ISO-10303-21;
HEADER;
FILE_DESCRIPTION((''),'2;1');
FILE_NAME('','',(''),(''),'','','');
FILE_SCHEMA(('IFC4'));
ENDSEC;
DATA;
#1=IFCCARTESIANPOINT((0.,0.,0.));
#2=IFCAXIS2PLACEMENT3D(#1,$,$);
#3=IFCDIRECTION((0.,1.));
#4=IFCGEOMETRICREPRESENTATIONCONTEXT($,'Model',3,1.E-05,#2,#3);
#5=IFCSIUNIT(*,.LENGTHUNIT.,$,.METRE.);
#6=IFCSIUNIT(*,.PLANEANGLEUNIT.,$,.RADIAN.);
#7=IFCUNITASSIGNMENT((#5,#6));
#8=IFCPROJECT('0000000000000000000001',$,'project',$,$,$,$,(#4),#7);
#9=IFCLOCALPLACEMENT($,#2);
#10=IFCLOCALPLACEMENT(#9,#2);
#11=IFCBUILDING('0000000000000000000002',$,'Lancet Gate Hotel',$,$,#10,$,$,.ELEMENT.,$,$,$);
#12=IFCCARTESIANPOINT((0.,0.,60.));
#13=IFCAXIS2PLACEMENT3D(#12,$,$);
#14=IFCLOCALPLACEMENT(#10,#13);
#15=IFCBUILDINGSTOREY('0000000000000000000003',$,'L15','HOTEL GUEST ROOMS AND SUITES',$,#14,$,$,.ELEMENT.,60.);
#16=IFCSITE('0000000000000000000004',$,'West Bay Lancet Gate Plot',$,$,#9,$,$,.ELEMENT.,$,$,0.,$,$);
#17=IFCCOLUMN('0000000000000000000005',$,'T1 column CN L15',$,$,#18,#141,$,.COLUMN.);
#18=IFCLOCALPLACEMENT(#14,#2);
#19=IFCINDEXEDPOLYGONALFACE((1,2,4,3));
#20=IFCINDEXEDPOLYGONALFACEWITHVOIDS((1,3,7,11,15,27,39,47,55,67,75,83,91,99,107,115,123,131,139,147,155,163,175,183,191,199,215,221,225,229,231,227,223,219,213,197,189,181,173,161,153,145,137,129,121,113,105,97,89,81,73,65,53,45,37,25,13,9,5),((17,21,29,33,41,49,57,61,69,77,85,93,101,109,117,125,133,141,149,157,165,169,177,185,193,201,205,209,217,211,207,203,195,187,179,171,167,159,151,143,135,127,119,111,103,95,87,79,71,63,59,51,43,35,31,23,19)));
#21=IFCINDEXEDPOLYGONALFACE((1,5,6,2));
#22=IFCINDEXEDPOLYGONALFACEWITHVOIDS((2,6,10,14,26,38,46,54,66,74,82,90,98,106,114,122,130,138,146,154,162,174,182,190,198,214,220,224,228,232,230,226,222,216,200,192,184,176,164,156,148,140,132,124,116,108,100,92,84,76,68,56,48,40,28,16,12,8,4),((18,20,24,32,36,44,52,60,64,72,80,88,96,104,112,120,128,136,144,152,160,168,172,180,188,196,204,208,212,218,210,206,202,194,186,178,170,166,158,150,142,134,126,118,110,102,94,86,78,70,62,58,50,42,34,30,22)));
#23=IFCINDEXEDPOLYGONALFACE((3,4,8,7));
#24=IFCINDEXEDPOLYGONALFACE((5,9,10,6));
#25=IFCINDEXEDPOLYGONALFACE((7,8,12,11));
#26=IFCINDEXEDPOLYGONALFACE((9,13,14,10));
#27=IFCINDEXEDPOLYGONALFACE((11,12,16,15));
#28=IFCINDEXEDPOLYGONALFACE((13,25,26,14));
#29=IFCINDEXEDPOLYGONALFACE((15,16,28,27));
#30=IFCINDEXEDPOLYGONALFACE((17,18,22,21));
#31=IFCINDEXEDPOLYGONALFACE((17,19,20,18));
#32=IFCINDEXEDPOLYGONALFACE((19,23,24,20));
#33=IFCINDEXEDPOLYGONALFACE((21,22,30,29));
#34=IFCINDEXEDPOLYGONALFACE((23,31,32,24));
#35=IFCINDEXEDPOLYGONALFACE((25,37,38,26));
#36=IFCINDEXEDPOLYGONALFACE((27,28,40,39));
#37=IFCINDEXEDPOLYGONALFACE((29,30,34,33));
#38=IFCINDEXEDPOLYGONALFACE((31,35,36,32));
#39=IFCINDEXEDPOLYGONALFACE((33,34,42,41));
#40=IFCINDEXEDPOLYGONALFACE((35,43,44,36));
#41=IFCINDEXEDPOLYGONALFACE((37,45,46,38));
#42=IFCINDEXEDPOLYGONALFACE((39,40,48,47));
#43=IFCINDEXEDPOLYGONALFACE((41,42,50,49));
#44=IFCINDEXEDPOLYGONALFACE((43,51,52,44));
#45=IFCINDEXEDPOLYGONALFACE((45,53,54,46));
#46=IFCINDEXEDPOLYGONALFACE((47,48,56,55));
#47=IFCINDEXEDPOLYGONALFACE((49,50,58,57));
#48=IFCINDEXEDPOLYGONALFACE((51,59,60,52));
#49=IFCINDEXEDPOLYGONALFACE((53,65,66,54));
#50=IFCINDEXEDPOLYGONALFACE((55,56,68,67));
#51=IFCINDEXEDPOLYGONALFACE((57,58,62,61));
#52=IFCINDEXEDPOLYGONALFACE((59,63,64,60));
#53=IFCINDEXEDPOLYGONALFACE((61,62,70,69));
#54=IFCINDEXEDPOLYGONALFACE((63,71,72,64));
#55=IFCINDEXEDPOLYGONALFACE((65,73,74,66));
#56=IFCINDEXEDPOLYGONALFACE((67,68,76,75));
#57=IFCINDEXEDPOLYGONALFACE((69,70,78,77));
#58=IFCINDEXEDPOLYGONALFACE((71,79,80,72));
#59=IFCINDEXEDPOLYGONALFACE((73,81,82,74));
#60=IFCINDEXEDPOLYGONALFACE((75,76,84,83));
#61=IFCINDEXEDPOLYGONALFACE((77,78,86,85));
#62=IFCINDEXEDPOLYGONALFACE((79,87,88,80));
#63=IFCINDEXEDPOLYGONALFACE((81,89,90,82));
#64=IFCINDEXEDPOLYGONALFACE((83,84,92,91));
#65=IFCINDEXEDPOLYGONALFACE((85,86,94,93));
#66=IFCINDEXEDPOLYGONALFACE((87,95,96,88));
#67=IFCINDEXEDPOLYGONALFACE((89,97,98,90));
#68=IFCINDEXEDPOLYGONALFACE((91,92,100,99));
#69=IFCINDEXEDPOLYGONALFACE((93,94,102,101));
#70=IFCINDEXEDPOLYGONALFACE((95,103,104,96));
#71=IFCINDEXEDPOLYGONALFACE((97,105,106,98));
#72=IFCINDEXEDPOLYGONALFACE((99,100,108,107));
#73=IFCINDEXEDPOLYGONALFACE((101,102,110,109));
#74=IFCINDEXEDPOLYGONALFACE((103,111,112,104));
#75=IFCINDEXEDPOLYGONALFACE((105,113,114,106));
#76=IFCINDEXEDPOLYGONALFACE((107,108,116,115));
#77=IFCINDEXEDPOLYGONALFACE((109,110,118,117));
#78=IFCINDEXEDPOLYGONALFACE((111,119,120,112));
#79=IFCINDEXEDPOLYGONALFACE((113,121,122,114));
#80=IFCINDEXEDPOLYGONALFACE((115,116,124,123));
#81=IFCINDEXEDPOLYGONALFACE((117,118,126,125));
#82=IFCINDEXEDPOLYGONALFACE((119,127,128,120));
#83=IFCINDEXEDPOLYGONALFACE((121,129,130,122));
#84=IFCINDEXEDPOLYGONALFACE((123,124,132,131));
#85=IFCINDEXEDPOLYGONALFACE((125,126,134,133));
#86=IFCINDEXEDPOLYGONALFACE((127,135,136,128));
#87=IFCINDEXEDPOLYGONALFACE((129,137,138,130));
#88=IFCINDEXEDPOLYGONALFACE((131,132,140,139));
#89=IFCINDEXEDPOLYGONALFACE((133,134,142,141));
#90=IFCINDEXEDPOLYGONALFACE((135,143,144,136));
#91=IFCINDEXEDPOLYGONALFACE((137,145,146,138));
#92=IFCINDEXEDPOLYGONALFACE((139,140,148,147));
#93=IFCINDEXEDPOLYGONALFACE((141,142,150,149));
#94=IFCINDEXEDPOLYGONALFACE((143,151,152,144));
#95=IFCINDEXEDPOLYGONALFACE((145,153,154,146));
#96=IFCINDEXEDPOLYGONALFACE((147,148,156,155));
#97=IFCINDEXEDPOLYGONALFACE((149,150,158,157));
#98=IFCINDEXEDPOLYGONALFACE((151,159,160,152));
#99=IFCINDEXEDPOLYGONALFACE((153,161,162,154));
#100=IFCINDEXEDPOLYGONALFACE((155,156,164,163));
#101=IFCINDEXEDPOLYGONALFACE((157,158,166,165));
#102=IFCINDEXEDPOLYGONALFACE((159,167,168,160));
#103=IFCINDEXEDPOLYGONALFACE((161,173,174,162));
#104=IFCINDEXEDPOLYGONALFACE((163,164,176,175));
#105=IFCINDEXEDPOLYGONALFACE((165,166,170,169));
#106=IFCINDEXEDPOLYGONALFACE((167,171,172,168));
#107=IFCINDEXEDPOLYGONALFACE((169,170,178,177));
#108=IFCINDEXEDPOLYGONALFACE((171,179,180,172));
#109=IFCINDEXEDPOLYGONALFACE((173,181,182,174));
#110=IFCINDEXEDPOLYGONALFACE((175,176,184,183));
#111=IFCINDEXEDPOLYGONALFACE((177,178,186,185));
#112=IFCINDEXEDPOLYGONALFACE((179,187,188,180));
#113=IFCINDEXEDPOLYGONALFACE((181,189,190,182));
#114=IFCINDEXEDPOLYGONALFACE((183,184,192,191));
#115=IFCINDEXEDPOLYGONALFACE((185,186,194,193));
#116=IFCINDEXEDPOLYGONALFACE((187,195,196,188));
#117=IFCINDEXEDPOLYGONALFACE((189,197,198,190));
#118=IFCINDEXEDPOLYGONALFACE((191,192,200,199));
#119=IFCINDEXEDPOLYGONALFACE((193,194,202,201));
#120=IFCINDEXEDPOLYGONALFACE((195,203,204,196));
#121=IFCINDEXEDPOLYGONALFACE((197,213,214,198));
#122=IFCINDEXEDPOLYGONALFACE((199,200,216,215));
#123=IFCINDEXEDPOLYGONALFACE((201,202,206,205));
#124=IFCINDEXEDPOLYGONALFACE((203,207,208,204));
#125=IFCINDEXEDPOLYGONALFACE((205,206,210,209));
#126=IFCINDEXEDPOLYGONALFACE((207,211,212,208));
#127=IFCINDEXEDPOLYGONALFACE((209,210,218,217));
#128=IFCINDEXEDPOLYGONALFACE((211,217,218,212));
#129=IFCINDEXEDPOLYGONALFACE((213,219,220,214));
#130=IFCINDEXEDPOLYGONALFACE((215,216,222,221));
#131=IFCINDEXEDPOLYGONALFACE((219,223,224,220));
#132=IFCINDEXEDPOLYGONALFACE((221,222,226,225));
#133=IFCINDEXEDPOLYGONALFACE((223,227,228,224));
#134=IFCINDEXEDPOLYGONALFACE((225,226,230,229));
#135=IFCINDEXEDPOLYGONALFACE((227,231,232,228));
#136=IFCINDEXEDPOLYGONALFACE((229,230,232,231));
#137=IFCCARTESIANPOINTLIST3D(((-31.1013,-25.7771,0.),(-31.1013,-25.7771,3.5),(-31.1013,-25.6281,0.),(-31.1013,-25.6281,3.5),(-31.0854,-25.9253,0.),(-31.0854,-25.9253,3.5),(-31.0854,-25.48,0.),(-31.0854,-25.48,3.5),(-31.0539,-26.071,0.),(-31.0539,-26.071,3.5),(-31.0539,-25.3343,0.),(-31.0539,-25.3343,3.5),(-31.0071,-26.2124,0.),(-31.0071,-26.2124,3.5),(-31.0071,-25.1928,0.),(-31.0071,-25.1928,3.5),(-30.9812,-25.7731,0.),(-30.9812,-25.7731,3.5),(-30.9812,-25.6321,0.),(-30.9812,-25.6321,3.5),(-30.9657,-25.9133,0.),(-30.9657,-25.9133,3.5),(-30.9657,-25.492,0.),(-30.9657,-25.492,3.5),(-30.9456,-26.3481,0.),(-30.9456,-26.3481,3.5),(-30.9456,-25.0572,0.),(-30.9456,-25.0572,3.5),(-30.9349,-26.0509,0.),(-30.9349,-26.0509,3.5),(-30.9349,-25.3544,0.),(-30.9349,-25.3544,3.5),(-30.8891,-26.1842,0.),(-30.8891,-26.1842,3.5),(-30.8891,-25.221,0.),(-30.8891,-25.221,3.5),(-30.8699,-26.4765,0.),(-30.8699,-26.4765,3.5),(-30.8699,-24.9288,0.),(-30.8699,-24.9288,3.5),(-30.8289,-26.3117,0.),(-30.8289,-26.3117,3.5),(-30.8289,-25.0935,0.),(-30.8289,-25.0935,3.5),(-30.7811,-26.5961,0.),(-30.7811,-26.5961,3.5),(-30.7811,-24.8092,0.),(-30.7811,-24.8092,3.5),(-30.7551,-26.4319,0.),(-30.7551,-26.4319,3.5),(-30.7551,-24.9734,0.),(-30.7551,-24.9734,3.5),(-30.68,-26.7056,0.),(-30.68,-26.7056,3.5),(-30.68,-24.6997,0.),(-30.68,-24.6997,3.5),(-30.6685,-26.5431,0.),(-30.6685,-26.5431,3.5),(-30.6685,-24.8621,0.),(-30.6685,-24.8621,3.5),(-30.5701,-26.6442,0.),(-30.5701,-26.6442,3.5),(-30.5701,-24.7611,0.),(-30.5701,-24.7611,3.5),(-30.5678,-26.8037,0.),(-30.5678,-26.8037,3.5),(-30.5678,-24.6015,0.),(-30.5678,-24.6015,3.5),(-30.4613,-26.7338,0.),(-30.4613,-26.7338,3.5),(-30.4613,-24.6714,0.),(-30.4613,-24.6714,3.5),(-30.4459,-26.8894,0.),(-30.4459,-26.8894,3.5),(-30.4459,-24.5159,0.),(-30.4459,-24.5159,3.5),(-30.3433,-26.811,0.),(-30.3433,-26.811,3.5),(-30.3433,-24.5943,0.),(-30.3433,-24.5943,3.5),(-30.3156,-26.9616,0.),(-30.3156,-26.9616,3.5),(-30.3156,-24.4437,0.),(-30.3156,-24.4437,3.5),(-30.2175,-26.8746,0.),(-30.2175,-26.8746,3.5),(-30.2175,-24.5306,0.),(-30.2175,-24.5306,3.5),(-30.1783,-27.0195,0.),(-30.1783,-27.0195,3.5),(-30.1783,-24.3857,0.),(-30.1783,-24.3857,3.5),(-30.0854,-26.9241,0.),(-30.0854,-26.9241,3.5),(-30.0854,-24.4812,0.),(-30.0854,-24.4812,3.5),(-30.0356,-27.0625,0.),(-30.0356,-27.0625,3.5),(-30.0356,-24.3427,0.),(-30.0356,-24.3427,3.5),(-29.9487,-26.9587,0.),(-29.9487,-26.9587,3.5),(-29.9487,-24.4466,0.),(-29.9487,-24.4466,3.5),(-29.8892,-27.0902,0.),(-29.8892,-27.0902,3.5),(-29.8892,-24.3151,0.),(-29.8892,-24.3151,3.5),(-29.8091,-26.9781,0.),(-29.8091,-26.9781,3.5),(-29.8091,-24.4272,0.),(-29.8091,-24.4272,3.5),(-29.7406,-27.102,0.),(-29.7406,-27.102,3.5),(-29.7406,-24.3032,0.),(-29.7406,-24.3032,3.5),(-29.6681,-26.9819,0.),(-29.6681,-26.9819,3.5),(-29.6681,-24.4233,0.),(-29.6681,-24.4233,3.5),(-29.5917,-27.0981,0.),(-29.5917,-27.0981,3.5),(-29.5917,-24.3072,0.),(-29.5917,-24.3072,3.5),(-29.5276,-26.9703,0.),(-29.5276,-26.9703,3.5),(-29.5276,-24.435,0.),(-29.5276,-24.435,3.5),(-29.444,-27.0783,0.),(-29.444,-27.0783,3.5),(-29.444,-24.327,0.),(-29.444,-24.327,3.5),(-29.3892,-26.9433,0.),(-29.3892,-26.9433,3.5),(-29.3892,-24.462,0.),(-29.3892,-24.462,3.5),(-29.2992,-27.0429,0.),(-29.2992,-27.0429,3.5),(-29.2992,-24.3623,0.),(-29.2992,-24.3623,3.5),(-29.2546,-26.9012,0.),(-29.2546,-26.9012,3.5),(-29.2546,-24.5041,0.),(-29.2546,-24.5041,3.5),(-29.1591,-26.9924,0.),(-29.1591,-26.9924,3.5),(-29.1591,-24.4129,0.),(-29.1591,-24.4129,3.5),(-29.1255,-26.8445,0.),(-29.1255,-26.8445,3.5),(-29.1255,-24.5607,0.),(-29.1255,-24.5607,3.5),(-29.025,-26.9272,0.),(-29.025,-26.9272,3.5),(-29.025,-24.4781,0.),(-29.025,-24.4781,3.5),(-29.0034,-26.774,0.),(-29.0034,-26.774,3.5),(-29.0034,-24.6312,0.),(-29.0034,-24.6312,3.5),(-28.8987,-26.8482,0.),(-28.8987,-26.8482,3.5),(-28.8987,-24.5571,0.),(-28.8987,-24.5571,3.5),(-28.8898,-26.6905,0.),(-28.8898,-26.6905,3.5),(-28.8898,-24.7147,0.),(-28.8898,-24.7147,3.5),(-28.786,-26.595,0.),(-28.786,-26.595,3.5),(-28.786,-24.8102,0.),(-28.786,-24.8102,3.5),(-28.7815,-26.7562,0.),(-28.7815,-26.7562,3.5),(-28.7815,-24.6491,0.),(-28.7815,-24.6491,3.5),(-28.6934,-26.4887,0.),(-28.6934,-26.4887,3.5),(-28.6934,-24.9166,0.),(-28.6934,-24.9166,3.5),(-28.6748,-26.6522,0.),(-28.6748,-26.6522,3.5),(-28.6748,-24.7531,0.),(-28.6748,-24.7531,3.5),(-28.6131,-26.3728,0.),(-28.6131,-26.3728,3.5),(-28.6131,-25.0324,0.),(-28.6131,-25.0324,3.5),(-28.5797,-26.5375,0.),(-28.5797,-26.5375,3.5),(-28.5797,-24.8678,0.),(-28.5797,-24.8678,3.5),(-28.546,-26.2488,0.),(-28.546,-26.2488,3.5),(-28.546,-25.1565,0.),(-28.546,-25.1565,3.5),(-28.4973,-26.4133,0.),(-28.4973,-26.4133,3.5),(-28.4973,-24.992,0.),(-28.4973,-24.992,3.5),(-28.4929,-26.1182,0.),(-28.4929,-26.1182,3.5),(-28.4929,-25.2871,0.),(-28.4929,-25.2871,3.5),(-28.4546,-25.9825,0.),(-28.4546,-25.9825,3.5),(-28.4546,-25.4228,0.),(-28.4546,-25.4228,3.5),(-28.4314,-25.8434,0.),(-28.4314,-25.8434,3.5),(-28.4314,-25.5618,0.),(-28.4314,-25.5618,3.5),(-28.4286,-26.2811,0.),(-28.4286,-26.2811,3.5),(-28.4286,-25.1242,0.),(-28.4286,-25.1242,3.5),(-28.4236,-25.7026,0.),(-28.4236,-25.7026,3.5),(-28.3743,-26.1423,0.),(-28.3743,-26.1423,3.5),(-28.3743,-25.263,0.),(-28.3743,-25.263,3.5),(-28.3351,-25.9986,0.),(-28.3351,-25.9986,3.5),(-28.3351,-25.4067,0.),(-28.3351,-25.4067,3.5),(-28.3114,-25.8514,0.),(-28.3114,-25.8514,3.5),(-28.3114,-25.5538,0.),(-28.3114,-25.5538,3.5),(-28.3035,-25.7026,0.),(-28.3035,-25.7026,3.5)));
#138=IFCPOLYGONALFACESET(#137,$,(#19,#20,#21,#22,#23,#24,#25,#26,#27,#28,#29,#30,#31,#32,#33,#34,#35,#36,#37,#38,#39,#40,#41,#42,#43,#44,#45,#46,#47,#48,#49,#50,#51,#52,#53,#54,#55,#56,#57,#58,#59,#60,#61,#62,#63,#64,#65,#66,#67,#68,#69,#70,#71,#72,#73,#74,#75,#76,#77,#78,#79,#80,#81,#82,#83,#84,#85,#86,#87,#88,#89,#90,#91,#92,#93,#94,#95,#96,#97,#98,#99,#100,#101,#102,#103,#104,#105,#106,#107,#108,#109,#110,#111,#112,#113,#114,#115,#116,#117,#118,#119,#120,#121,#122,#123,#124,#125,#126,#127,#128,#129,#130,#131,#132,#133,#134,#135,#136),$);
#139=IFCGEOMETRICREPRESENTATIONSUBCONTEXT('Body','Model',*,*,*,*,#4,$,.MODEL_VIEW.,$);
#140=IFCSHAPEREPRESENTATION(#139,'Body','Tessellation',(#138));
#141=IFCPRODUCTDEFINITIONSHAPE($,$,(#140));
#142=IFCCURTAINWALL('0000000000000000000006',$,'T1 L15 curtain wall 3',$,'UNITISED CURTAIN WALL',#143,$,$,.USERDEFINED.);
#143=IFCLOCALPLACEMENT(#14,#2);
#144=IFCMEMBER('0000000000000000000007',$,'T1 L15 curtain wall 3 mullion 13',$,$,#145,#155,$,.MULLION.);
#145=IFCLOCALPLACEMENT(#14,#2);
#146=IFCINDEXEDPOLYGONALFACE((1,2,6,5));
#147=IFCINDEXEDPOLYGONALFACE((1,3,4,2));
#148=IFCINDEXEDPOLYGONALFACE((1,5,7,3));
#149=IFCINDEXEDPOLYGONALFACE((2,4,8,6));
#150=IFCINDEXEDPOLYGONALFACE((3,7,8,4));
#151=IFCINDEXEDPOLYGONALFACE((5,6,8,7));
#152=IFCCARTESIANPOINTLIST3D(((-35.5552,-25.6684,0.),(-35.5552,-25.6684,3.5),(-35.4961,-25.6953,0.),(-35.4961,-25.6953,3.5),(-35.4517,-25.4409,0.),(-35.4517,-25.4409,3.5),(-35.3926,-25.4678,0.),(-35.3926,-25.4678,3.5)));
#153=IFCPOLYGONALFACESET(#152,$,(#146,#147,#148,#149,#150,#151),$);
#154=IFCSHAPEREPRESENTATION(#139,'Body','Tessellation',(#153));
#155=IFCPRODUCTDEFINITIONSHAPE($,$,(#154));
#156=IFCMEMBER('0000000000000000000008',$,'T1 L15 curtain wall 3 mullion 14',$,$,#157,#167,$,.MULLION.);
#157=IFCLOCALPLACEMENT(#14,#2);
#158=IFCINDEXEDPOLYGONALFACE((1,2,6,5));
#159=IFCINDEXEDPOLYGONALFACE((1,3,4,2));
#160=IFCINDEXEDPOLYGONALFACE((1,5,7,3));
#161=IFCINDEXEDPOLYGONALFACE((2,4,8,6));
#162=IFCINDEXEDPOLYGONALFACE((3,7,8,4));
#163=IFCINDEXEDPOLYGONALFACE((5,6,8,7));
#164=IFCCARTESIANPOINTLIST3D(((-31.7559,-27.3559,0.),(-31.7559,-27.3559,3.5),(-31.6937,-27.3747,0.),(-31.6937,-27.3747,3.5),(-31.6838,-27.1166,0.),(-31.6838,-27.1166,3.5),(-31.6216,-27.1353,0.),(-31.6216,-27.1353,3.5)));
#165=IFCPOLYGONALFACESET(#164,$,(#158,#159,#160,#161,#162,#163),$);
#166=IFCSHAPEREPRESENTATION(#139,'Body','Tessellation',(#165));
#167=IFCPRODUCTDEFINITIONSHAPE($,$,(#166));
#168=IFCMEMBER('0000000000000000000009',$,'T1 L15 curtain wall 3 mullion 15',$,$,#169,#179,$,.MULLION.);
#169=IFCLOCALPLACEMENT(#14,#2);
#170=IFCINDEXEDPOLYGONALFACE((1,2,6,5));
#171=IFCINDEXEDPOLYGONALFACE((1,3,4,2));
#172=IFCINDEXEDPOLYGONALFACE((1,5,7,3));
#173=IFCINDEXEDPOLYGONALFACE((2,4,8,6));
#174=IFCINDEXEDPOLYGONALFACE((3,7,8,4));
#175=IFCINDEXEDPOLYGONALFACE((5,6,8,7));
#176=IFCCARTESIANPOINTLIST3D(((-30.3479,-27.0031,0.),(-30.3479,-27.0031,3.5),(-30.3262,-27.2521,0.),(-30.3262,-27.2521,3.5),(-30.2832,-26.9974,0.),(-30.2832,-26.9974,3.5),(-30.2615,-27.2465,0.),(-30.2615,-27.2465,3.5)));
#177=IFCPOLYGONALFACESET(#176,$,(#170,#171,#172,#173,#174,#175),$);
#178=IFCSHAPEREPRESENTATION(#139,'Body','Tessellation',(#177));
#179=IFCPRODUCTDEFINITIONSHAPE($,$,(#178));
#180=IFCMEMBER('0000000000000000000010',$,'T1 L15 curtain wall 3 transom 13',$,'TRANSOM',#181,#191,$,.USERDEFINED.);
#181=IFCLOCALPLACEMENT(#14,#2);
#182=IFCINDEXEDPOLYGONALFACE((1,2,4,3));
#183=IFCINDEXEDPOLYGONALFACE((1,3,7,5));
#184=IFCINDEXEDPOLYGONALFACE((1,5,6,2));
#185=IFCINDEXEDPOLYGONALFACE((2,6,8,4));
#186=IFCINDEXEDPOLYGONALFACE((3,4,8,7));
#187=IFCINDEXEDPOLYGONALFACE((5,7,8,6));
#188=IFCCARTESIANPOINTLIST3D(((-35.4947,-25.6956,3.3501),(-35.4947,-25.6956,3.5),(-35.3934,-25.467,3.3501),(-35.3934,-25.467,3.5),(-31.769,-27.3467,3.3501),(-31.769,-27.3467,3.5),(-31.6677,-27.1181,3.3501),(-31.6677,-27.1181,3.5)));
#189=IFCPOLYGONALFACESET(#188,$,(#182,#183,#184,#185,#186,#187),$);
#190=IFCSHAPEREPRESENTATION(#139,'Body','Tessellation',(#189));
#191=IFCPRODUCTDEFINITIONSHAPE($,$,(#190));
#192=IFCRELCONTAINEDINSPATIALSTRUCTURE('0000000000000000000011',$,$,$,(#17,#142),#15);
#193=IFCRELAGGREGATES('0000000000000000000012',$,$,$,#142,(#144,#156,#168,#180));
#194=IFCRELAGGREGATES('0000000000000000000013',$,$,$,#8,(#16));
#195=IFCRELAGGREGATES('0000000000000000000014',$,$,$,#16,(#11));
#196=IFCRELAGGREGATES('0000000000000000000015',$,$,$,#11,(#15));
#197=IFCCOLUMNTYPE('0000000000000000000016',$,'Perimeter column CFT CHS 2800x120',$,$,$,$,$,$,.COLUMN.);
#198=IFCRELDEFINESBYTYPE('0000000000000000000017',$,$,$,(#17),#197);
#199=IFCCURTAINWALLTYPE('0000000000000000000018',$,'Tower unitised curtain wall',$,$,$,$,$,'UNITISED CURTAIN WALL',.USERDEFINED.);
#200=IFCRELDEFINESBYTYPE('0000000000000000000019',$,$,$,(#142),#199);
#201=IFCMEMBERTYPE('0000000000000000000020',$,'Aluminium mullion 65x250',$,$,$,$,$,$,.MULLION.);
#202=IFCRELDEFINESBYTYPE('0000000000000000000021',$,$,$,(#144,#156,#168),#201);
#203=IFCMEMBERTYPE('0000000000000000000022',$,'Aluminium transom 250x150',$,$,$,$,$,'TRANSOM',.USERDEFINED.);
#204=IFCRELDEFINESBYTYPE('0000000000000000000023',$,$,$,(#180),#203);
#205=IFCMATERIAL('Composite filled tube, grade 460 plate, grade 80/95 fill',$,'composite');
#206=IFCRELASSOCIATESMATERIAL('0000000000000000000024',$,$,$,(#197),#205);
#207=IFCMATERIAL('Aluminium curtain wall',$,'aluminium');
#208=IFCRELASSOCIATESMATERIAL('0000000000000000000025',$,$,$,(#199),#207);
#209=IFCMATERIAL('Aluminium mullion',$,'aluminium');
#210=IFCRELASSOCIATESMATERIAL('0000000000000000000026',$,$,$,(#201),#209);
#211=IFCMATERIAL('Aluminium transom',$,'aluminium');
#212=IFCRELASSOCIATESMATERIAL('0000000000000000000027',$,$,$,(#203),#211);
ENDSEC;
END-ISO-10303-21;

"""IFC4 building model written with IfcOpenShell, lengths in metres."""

from ifc_helpers import new_model, si_unit, direction, frame, origin, origin_2d, place, context, subcontext, project, spatial, rectangle, hollow_circle, extrude, material, material_profile, profile_set, type_object, element, aggregate, save


model = new_model("IFC4")

# Units and contexts
model_context = context("Model", 3, precision=1e-05, world=origin(), true_north=direction((0.0, 1.0)))
body_context = subcontext(model_context, "Body", "Model", "MODEL_VIEW")
ifc_project = project(units=[si_unit("LENGTHUNIT", "METRE"), si_unit("PLANEANGLEUNIT", "RADIAN")], contexts=[model_context])

# Site, building, storey
site_placement = place(None, origin())
site = spatial("IfcSite", under=ifc_project, at=site_placement, Name="West Bay Lancet Gate Plot", CompositionType="ELEMENT", RefElevation=0.0)
building_placement = place(site_placement, origin())
building = spatial("IfcBuilding", under=site, at=building_placement, Name="Lancet Gate Hotel", CompositionType="ELEMENT")
storey_placement = place(building_placement, frame((0.0, 0.0, 60.0)))
storey = spatial("IfcBuildingStorey", under=building, at=storey_placement, Name="L15", Description="HOTEL GUEST ROOMS AND SUITES", CompositionType="ELEMENT", Elevation=60.0)

# Column
ifc_material_1 = material(Name="Composite filled tube, grade 460 plate, grade 80/95 fill", Category="composite")
ifc_material_profile_1 = material_profile(ifc_material_1, hollow_circle(Radius=1.3999, WallThickness=0.1201, at=origin_2d()), Name="CHS 2800x120")
ifc_profile_set_1 = profile_set([ifc_material_profile_1], Name="Composite filled tube, grade 460 plate, grade 80/95 fill")
column_type = type_object("IfcColumnType", Name="Perimeter column CFT CHS 2800x120", PredefinedType="COLUMN", material=ifc_profile_set_1)
column_placement = place(storey_placement, frame((-29.7034, -25.7026, 0.0), z_axis=(0.0, 0.0, 1.0), x_axis=(1.0, 0.0, 0.0)))
element("IfcColumn", 1, at=column_placement, inside=storey, type_object=column_type, Name="T1 column CN L15", PredefinedType="COLUMN", context=body_context, shape_type="SweptSolid", body=[
    extrude(hollow_circle(Radius=1.3999, WallThickness=0.1201, at=origin_2d()), origin(), (0.0, 0.0, 1.0), 3.5),
])

# Curtain wall, members
ifc_material_2 = material(Name="Aluminium curtain wall", Category="aluminium")
curtain_wall_type = type_object("IfcCurtainWallType", Name="Tower unitised curtain wall", ElementType="UNITISED CURTAIN WALL", PredefinedType="USERDEFINED", material=ifc_material_2)
curtain_wall_placement = place(storey_placement, origin())
curtain_wall = element("IfcCurtainWall", 2, at=curtain_wall_placement, inside=storey, type_object=curtain_wall_type, Name="T1 L15 curtain wall 3", ObjectType="UNITISED CURTAIN WALL", PredefinedType="USERDEFINED")
ifc_material_3 = material(Name="Aluminium mullion", Category="aluminium")
ifc_material_profile_2 = material_profile(ifc_material_3, rectangle(XDim=0.0649, YDim=0.25, at=origin_2d()), Name="MULLION 65x250")
ifc_profile_set_2 = profile_set([ifc_material_profile_2], Name="Aluminium mullion")
member_type_1 = type_object("IfcMemberType", Name="Aluminium mullion 65x250", PredefinedType="MULLION", material=ifc_profile_set_2)
member_1_placement = place(storey_placement, frame((-35.4739, -25.5681, 0.0), z_axis=(0.0, 0.0, 1.0), x_axis=(0.91022, -0.414126, 0.0)))
member_1 = element("IfcMember", 3, at=member_1_placement, type_object=member_type_1, Name="T1 L15 curtain wall 3 mullion 13", PredefinedType="MULLION", context=body_context, shape_type="SweptSolid", body=[
    extrude(rectangle(XDim=0.0649, YDim=0.25, at=origin_2d()), origin(), (0.0, 0.0, 1.0), 3.5),
])
member_2_placement = place(storey_placement, frame((-31.6887, -27.2456, 0.0), z_axis=(0.0, 0.0, 1.0), x_axis=(0.957524, -0.288352, 0.0)))
member_2 = element("IfcMember", 4, at=member_2_placement, type_object=member_type_1, Name="T1 L15 curtain wall 3 mullion 14", PredefinedType="MULLION", context=body_context, shape_type="SweptSolid", body=[
    extrude(rectangle(XDim=0.0649, YDim=0.25, at=origin_2d()), origin(), (0.0, 0.0, 1.0), 3.5),
])
member_3_placement = place(storey_placement, frame((-30.3047, -27.1248, 0.0), z_axis=(0.0, 0.0, 1.0), x_axis=(0.996204, 0.087052, 0.0)))
member_3 = element("IfcMember", 5, at=member_3_placement, type_object=member_type_1, Name="T1 L15 curtain wall 3 mullion 15", PredefinedType="MULLION", context=body_context, shape_type="SweptSolid", body=[
    extrude(rectangle(XDim=0.0649, YDim=0.25, at=origin_2d()), origin(), (0.0, 0.0, 1.0), 3.5),
])
ifc_material_4 = material(Name="Aluminium transom", Category="aluminium")
ifc_material_profile_3 = material_profile(ifc_material_4, rectangle(XDim=0.25, YDim=0.1499, at=origin_2d()), Name="TRANSOM 250x150")
ifc_profile_set_3 = profile_set([ifc_material_profile_3], Name="Aluminium transom")
member_type_2 = type_object("IfcMemberType", Name="Aluminium transom 250x150", ElementType="TRANSOM", PredefinedType="USERDEFINED", material=ifc_profile_set_3)
member_4_placement = place(storey_placement, frame((-35.4441, -25.5813, 3.425), z_axis=(0.914248, -0.405154, 0.0), x_axis=(0.405154, 0.914248, 0.0)))
member_4 = element("IfcMember", 6, at=member_4_placement, type_object=member_type_2, Name="T1 L15 curtain wall 3 transom 13", ObjectType="TRANSOM", PredefinedType="USERDEFINED", context=body_context, shape_type="SweptSolid", body=[
    extrude(rectangle(XDim=0.25, YDim=0.1499, at=origin_2d()), origin(), (0.0, 0.0, 1.0), 4.0752),
])

aggregate(curtain_wall, [member_1, member_2, member_3, member_4])

save(model, "model.ifc")
